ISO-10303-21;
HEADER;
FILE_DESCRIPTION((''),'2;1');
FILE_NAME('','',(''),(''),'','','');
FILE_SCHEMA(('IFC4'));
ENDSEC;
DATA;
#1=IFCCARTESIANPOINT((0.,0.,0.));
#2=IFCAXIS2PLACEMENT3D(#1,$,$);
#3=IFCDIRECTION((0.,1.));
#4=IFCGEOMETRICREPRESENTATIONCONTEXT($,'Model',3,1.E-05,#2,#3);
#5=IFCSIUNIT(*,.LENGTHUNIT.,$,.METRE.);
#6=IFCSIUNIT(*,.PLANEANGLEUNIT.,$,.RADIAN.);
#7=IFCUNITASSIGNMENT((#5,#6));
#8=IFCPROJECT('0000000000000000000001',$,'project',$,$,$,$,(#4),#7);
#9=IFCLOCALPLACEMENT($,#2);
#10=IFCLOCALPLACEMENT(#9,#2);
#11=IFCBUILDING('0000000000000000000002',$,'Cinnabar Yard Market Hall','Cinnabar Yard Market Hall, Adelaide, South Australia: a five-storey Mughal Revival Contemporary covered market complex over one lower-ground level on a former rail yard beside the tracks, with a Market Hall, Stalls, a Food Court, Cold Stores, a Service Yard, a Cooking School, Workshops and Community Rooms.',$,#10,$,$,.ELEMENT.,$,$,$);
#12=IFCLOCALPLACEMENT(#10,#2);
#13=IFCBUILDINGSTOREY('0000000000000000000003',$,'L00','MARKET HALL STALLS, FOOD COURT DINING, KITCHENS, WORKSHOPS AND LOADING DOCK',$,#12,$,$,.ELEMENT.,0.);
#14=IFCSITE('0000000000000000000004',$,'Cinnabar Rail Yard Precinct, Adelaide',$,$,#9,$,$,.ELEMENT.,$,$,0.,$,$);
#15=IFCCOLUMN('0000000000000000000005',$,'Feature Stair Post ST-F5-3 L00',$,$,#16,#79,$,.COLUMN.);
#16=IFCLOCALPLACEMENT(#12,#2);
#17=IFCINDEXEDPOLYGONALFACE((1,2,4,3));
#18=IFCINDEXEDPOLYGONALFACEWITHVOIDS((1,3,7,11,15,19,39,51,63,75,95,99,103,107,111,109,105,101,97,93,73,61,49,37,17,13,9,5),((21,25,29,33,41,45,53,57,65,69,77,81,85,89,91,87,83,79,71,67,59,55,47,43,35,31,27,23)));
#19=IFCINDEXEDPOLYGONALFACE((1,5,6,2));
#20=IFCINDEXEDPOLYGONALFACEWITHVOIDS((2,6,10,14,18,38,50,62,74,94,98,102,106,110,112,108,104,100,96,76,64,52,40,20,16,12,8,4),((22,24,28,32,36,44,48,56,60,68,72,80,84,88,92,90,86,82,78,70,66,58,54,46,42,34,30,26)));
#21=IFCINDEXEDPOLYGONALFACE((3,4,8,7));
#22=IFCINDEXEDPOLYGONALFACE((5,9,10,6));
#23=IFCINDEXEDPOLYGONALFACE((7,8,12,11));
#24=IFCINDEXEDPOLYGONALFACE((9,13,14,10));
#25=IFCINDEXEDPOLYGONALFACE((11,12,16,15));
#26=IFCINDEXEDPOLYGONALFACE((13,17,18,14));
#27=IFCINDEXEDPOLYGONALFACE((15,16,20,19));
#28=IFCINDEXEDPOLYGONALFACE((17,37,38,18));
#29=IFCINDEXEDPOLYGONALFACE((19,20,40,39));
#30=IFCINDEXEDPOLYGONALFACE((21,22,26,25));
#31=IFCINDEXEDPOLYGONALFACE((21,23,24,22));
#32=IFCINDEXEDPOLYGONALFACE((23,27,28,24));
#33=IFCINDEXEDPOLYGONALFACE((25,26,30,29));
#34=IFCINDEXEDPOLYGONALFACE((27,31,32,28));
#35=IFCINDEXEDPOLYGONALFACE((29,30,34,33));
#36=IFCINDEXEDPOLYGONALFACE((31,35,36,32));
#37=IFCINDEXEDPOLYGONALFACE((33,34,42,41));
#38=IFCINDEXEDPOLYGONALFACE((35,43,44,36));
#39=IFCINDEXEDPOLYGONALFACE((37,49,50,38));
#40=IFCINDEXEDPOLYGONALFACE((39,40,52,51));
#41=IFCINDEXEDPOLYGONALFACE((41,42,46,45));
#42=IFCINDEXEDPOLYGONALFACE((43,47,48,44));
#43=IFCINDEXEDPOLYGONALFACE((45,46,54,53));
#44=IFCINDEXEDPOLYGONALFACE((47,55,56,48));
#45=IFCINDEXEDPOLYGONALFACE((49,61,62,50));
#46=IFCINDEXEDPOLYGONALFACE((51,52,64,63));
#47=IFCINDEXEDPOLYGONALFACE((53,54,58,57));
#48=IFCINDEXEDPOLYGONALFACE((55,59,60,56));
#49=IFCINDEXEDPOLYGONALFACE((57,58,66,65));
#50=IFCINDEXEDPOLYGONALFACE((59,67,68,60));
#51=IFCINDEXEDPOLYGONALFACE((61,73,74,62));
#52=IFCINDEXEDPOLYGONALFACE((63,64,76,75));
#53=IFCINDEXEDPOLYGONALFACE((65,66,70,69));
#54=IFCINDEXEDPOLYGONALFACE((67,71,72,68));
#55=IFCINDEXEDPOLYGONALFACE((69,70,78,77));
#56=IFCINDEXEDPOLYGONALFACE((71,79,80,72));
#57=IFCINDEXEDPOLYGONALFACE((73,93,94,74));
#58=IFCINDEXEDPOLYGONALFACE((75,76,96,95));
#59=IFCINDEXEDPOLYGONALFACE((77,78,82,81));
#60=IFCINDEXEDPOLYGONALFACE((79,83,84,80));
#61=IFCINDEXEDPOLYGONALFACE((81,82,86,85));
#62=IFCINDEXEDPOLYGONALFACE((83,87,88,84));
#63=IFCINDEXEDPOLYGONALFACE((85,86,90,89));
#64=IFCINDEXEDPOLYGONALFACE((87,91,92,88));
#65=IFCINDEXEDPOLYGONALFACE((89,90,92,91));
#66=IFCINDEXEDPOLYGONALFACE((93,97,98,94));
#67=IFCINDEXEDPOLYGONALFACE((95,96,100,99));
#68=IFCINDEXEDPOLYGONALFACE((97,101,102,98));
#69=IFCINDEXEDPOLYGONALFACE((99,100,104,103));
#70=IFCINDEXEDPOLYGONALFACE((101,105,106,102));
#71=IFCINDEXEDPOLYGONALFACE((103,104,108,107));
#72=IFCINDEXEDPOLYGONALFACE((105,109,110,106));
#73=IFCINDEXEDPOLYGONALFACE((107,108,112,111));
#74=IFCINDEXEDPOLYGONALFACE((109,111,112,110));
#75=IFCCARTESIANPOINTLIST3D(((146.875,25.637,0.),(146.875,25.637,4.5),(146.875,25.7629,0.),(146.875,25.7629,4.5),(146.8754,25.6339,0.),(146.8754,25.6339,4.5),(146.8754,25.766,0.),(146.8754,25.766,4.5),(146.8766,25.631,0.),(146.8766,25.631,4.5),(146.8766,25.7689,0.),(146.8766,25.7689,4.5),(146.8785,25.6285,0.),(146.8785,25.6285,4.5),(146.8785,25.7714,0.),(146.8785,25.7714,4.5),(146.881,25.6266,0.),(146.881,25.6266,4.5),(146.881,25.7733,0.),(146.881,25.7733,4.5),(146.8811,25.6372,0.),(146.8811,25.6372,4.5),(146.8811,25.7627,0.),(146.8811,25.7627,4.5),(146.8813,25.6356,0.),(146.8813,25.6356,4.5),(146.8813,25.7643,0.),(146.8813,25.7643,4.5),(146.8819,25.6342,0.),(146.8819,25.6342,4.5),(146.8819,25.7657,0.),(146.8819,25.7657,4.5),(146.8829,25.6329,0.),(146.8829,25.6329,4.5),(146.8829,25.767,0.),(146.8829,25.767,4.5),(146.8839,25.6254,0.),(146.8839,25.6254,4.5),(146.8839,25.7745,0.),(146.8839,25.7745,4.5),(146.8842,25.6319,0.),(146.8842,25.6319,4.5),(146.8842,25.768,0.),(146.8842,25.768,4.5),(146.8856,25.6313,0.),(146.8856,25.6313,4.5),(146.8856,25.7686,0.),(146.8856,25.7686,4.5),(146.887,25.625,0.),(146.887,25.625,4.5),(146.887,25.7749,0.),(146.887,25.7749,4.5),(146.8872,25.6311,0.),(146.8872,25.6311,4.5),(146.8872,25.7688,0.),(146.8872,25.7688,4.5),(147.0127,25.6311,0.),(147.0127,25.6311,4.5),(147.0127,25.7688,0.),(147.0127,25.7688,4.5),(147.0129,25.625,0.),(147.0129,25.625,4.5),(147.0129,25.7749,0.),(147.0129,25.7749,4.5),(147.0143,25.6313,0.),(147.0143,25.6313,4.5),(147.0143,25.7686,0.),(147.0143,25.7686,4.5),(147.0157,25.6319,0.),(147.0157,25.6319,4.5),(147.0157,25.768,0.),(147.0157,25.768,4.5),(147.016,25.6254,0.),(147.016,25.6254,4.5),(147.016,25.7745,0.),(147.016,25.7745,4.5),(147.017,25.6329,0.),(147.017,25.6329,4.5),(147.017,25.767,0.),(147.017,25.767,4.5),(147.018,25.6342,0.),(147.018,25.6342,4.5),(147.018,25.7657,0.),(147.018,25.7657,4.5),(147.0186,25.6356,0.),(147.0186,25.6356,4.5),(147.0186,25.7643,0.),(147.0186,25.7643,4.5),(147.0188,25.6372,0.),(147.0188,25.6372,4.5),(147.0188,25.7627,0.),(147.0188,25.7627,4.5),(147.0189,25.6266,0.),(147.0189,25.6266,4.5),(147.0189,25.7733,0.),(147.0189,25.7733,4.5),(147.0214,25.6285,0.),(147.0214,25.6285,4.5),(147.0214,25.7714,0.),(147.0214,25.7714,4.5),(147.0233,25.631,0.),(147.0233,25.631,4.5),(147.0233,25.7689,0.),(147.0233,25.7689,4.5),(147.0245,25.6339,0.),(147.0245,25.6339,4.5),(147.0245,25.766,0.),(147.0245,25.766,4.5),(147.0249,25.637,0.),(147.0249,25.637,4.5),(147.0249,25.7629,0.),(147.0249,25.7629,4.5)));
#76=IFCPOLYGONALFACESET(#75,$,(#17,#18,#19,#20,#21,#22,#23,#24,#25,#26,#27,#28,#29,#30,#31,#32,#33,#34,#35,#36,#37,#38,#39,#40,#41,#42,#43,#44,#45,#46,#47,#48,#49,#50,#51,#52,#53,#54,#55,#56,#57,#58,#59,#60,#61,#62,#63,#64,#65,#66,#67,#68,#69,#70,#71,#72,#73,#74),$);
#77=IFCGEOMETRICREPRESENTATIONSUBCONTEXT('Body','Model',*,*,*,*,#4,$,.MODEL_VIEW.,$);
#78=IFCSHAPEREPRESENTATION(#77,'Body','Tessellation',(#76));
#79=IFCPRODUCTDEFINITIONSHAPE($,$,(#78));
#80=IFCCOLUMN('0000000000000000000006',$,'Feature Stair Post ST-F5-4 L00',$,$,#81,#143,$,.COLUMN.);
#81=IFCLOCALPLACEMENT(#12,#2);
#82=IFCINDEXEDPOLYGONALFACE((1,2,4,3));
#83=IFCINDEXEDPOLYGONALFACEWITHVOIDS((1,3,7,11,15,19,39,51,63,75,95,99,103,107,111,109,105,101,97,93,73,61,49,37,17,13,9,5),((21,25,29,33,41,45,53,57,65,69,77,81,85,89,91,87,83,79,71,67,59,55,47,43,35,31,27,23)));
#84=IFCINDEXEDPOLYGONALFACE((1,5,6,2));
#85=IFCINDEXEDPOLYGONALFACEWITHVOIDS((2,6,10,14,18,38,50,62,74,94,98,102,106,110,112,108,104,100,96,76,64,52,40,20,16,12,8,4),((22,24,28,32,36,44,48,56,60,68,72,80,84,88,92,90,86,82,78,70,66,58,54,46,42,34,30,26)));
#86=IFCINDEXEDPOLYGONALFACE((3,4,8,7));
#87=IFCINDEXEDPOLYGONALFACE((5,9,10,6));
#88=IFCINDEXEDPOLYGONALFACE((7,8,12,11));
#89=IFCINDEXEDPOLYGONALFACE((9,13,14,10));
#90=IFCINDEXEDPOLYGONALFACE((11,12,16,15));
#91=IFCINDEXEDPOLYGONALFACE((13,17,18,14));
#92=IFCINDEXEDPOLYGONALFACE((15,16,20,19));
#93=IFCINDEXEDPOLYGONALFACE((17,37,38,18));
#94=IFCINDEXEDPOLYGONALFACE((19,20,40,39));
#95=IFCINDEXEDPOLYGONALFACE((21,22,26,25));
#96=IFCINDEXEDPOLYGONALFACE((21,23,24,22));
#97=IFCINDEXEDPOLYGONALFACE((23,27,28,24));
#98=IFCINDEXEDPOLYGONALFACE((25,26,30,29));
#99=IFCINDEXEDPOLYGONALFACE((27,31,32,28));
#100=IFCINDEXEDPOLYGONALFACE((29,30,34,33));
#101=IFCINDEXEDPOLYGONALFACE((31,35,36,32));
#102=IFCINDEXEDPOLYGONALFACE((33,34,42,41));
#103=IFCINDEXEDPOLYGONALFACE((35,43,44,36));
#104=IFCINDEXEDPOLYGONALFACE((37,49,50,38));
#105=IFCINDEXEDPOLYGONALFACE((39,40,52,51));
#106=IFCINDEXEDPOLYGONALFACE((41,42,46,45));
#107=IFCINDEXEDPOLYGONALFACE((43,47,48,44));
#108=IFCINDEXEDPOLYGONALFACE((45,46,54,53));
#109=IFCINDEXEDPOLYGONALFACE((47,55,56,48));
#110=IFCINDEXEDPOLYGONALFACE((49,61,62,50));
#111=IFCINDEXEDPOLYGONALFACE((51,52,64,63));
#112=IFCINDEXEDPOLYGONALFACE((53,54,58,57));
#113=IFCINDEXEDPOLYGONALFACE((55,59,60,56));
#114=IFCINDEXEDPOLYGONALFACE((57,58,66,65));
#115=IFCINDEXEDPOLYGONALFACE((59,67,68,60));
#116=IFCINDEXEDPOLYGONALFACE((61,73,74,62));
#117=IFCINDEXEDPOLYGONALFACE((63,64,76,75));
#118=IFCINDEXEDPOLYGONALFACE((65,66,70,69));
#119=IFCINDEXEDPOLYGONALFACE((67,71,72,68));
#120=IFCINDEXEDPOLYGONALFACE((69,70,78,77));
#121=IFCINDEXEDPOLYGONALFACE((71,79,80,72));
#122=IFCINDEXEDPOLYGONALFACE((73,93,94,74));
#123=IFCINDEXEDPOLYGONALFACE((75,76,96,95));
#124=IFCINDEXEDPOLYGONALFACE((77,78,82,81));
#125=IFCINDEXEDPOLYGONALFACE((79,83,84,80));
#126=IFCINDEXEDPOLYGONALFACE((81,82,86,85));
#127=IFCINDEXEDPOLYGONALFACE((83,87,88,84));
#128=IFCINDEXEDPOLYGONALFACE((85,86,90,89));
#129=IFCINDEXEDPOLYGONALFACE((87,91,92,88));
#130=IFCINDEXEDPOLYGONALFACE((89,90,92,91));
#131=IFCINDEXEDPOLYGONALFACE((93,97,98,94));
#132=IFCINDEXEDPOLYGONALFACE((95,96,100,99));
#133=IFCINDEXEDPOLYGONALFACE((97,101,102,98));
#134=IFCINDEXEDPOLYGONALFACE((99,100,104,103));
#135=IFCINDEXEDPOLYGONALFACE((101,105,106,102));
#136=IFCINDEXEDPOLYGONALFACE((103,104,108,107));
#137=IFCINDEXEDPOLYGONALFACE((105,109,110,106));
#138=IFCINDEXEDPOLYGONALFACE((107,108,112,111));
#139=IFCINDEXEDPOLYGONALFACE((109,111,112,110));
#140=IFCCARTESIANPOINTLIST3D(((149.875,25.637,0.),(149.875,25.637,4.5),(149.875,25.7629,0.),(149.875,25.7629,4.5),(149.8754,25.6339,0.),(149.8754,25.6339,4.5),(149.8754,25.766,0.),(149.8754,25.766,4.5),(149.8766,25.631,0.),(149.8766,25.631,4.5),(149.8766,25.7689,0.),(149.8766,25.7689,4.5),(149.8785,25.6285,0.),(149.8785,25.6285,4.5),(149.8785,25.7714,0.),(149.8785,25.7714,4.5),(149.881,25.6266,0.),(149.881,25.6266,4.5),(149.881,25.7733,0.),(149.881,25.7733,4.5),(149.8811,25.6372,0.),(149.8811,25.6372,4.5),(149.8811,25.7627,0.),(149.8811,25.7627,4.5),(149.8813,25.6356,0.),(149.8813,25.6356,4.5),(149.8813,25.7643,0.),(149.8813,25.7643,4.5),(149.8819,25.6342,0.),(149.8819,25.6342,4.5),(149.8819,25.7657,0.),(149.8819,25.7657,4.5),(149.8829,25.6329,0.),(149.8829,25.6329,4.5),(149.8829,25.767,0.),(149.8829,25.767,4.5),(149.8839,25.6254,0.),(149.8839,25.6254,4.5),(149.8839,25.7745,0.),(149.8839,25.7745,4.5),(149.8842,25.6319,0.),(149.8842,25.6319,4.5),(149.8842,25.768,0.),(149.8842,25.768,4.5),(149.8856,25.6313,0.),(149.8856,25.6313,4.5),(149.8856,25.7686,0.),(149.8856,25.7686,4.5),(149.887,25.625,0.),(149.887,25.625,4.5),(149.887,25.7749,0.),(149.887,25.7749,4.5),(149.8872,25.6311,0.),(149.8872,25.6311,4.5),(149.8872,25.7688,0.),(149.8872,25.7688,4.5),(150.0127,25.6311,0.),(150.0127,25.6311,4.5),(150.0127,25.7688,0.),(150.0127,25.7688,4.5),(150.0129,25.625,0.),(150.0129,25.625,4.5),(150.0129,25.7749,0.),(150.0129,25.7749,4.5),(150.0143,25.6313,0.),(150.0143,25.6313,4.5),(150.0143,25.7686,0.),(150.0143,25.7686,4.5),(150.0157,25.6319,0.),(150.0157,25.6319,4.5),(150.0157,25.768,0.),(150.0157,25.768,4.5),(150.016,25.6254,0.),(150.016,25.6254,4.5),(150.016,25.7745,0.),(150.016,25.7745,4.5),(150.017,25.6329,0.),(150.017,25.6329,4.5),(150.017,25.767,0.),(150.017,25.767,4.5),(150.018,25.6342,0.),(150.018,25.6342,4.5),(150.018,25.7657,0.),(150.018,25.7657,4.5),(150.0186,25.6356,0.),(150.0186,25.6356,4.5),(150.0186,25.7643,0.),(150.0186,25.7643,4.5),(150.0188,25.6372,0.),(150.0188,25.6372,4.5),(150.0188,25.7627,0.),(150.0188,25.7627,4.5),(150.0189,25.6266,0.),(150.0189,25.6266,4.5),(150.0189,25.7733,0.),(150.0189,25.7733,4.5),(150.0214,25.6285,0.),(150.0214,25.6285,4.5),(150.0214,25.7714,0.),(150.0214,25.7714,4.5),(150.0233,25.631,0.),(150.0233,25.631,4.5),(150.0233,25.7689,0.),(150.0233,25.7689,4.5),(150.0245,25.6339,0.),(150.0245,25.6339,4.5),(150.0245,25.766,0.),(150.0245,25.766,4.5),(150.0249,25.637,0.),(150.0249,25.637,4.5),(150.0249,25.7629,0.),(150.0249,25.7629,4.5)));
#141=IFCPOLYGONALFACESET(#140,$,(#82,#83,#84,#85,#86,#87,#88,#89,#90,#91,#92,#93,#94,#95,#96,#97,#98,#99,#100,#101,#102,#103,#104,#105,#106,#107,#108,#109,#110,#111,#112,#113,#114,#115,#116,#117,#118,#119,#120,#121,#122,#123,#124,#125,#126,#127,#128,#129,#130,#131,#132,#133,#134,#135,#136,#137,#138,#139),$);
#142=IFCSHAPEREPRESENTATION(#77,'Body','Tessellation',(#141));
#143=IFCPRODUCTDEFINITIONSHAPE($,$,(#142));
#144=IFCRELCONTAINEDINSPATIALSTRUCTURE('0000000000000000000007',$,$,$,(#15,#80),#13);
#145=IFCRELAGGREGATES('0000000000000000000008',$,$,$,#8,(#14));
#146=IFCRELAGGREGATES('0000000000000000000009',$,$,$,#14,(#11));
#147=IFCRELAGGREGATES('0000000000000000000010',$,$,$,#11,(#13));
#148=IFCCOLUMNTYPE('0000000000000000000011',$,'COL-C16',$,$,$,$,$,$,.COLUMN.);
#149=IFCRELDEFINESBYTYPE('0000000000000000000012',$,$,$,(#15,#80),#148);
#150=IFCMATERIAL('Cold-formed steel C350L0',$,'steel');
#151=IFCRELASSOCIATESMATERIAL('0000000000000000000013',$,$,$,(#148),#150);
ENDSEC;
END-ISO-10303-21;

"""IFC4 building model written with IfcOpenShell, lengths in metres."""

from ifc_helpers import new_model, si_unit, direction, frame, origin, origin_2d_with_axis, place, context, subcontext, project, spatial, hollow_rectangle, extrude, material, material_profile, profile_set, type_object, element, save


model = new_model("IFC4")

# Units and contexts
model_context = context("Model", 3, precision=1e-05, world=origin(), true_north=direction((0.0, 1.0)))
body_context = subcontext(model_context, "Body", "Model", "MODEL_VIEW")
ifc_project = project(units=[si_unit("LENGTHUNIT", "METRE"), si_unit("PLANEANGLEUNIT", "RADIAN")], contexts=[model_context])

# Site, building, storey
site_placement = place(None, origin())
site = spatial("IfcSite", under=ifc_project, at=site_placement, Name="Cinnabar Rail Yard Precinct, Adelaide", CompositionType="ELEMENT", RefElevation=0.0)
building_placement = place(site_placement, origin())
building = spatial("IfcBuilding", under=site, at=building_placement, Name="Cinnabar Yard Market Hall", Description="Cinnabar Yard Market Hall, Adelaide, South Australia: a five-storey Mughal Revival Contemporary covered market complex over one lower-ground level on a former rail yard beside the tracks, with a Market Hall, Stalls, a Food Court, Cold Stores, a Service Yard, a Cooking School, Workshops and Community Rooms.", CompositionType="ELEMENT")
storey_placement = place(building_placement, origin())
storey = spatial("IfcBuildingStorey", under=building, at=storey_placement, Name="L00", Description="MARKET HALL STALLS, FOOD COURT DINING, KITCHENS, WORKSHOPS AND LOADING DOCK", CompositionType="ELEMENT", Elevation=0.0)

# Columns
ifc_material_1 = material(Name="Cold-formed steel C350L0", Category="steel")
ifc_material_profile_1 = material_profile(ifc_material_1, hollow_rectangle(XDim=0.1499, YDim=0.1499, WallThickness=0.0061, InnerFilletRadius=0.0061, OuterFilletRadius=0.012, at=origin_2d_with_axis()), Name="150x150x6.0SHS")
ifc_profile_set_1 = profile_set([ifc_material_profile_1], Name="Cold-formed steel C350L0")
column_type_1 = type_object("IfcColumnType", Name="COL-C16", PredefinedType="COLUMN", material=ifc_profile_set_1)
for number, where, z_axis, x_axis, name in (
    (1, (146.95, 25.7, 0.0), (0.0, 0.0, 1.0), (1.0, 0.0, 0.0), "Feature Stair Post ST-F5-3 L00"),
    (2, (149.95, 25.7, 0.0), (0.0, 0.0, 1.0), (1.0, 0.0, 0.0), "Feature Stair Post ST-F5-4 L00"),
):
    element("IfcColumn", number, at=place(storey_placement, frame(where, z_axis=z_axis, x_axis=x_axis)), inside=storey, type_object=column_type_1, Name=name, PredefinedType="COLUMN", context=body_context, shape_type="SweptSolid", body=[
        extrude(hollow_rectangle(XDim=0.1499, YDim=0.1499, WallThickness=0.0061, InnerFilletRadius=0.0061, OuterFilletRadius=0.012, at=origin_2d_with_axis()), origin(), (0.0, 0.0, 1.0), 4.5),
    ])

save(model, "model.ifc")
